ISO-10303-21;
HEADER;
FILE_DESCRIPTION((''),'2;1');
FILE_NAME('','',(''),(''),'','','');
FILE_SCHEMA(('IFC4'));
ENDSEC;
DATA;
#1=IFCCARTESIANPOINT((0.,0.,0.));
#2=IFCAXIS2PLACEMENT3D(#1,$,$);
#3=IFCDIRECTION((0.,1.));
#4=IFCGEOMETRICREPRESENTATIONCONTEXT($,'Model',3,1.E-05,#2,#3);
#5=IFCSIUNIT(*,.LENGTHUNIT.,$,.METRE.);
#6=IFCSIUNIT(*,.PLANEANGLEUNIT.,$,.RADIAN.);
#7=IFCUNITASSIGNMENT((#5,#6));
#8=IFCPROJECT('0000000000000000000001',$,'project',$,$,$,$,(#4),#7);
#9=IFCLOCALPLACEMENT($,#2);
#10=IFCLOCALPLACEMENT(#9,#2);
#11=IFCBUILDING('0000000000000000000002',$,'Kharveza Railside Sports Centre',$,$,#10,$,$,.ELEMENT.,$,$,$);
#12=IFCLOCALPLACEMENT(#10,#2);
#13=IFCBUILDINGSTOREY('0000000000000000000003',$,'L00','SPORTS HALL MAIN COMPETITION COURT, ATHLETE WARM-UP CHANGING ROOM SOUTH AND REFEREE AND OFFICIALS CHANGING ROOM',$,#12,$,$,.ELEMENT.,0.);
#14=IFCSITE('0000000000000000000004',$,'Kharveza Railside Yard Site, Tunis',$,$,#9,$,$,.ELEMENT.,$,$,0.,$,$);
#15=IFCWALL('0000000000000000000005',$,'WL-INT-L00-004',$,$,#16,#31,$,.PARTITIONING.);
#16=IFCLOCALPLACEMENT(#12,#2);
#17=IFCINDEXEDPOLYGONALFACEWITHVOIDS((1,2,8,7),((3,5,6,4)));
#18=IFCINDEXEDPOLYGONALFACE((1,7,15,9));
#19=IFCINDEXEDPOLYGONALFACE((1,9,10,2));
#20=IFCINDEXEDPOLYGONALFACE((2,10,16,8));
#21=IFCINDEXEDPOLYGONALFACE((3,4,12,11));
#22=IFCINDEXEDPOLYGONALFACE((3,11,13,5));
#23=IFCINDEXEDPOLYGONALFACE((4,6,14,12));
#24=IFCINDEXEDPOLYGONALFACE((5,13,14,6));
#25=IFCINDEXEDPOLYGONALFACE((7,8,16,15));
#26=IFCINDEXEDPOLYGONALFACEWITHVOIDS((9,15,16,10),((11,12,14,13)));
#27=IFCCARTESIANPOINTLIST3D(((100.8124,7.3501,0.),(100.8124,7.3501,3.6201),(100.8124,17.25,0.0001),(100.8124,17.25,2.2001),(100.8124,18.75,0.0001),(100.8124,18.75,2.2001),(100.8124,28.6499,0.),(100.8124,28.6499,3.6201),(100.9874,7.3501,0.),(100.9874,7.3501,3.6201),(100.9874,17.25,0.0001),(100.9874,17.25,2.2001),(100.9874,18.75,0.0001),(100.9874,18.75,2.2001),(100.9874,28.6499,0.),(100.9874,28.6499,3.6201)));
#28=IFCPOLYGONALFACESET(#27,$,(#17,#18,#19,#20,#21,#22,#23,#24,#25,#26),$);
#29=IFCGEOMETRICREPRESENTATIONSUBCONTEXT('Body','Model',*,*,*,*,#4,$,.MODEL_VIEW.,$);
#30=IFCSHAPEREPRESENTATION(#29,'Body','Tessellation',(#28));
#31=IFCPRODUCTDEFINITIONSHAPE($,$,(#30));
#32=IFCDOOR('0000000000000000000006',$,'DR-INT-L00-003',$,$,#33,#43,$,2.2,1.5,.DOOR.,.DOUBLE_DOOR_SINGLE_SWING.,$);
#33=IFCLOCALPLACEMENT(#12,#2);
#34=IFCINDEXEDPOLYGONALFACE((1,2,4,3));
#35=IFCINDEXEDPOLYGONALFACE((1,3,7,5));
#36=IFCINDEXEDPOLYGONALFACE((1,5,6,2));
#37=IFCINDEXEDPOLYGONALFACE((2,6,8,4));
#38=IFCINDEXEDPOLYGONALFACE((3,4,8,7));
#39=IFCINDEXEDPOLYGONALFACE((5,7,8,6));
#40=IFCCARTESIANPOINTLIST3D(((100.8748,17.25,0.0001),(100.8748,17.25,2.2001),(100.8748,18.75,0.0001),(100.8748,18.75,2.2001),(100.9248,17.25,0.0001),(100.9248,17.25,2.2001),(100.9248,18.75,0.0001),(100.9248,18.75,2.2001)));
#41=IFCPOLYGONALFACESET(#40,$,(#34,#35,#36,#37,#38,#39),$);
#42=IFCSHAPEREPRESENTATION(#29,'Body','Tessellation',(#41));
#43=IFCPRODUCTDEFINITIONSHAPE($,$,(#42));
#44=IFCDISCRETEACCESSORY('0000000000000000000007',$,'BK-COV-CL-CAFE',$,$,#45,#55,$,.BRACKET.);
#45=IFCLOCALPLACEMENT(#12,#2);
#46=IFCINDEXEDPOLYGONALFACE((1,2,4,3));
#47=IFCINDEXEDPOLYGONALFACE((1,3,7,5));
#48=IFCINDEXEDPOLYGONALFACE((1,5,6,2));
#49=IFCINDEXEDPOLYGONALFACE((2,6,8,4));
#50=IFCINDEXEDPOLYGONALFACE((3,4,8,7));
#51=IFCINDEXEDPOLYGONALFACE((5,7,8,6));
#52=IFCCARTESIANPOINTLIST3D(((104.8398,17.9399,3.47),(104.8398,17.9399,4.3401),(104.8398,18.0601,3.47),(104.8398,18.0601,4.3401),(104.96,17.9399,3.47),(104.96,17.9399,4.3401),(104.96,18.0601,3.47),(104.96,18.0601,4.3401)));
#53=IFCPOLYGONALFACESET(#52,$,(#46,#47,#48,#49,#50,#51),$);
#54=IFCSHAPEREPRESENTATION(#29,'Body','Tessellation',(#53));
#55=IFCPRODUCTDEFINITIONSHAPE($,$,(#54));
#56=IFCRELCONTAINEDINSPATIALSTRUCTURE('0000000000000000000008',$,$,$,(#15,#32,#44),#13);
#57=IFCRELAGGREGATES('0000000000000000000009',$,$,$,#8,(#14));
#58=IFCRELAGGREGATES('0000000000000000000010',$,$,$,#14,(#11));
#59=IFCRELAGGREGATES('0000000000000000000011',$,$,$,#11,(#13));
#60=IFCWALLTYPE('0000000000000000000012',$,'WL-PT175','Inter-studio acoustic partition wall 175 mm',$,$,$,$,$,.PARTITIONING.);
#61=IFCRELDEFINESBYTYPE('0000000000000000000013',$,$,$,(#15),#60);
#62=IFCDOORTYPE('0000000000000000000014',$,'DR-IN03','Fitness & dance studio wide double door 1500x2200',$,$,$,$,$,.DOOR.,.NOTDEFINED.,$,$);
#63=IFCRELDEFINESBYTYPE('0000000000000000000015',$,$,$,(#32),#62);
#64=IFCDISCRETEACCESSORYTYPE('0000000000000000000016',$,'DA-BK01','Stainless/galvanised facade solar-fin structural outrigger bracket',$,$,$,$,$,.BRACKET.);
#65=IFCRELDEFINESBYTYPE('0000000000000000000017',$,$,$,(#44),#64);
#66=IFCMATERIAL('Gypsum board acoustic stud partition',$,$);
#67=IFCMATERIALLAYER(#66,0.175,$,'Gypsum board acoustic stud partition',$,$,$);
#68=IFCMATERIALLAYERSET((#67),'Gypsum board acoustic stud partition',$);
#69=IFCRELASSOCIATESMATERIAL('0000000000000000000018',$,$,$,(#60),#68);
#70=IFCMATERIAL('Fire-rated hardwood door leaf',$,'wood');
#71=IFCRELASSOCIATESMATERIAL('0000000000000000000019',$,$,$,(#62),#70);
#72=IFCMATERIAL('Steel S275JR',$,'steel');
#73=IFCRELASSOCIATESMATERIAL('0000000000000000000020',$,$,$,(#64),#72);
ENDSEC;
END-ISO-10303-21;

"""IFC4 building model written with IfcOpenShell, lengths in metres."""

from ifc_helpers import new_model, si_unit, direction, frame, frame_2d, origin, origin_2d, place, context, subcontext, project, spatial, rectangle, extrude, material, layer, layer_set, type_object, element, fill, save


model = new_model("IFC4")

# Units and contexts
model_context = context("Model", 3, precision=1e-05, world=origin(), true_north=direction((0.0, 1.0)))
body_context = subcontext(model_context, "Body", "Model", "MODEL_VIEW")
ifc_project = project(units=[si_unit("LENGTHUNIT", "METRE"), si_unit("PLANEANGLEUNIT", "RADIAN")], contexts=[model_context])

# Site, building, storey
site_placement = place(None, origin())
site = spatial("IfcSite", under=ifc_project, at=site_placement, Name="Kharveza Railside Yard Site, Tunis", CompositionType="ELEMENT", RefElevation=0.0)
building_placement = place(site_placement, origin())
building = spatial("IfcBuilding", under=site, at=building_placement, Name="Kharveza Railside Sports Centre", CompositionType="ELEMENT")
storey_placement = place(building_placement, origin())
storey = spatial("IfcBuildingStorey", under=building, at=storey_placement, Name="L00", Description="SPORTS HALL MAIN COMPETITION COURT, ATHLETE WARM-UP CHANGING ROOM SOUTH AND REFEREE AND OFFICIALS CHANGING ROOM", CompositionType="ELEMENT", Elevation=0.0)

# Wall, opening, door
ifc_material_1 = material(Name="Gypsum board acoustic stud partition")
ifc_layer_1 = layer(ifc_material_1, 0.175, Name="Gypsum board acoustic stud partition")
ifc_layer_set_1 = layer_set([ifc_layer_1], Name="Gypsum board acoustic stud partition")
wall_type_1 = type_object("IfcWallType", Name="WL-PT175", Description="Inter-studio acoustic partition wall 175 mm", PredefinedType="PARTITIONING", material=ifc_layer_set_1)
wall_1_placement = place(storey_placement, frame((100.8999, 7.3501, 0.0), z_axis=(0.0, 0.0, 1.0), x_axis=(0.0, 1.0, 0.0)))
wall_1 = element("IfcWall", 1, at=wall_1_placement, inside=storey, type_object=wall_type_1, Name="WL-INT-L00-004", PredefinedType="PARTITIONING", context=body_context, shape_type="SweptSolid", body=[
    extrude(rectangle(XDim=21.2998, YDim=0.175, at=frame_2d((10.6499, 0.0))), origin(), (0.0, 0.0, 1.0), 3.6201),
])
opening_placement = place(wall_1_placement, frame((9.8999, 0.0, 0.0)))
opening = element("IfcOpeningElement", 2, at=opening_placement, cuts=wall_1, PredefinedType="OPENING", context=body_context, shape_type="SweptSolid", body=[
    extrude(rectangle(XDim=1.5, YDim=2.2, at=frame_2d((0.75, 1.1001))), frame((0.0, 0.1123, 0.0), z_axis=(0.0, -1.0, 0.0), x_axis=(1.0, 0.0, 0.0)), (0.0, 0.0, 1.0), 0.2249),
])
ifc_material_2 = material(Name="Fire-rated hardwood door leaf", Category="wood")
door_type = type_object("IfcDoorType", Name="DR-IN03", Description="Fitness & dance studio wide double door 1500x2200", OperationType="NOTDEFINED", PredefinedType="DOOR", material=ifc_material_2)
door_placement = place(opening_placement, frame((1.5, 0.0, 0.0), z_axis=(0.0, 0.0, 1.0), x_axis=(-1.0, 0.0, 0.0)))
door = element("IfcDoor", 3, at=door_placement, inside=storey, type_object=door_type, Name="DR-INT-L00-003", OperationType="DOUBLE_DOOR_SINGLE_SWING", OverallHeight=2.2, OverallWidth=1.5, PredefinedType="DOOR", context=body_context, shape_type="SweptSolid", body=[
    extrude(rectangle(XDim=1.5, YDim=2.2, at=frame_2d((0.75, 1.1001))), frame((0.0, 0.0249, 0.0), z_axis=(0.0, -1.0, 0.0), x_axis=(1.0, 0.0, 0.0)), (0.0, 0.0, 1.0), 0.05),
])
fill(opening, door)

# Discrete accessory
ifc_material_3 = material(Name="Steel S275JR", Category="steel")
discrete_accessory_type = type_object("IfcDiscreteAccessoryType", Name="DA-BK01", Description="Stainless/galvanised facade solar-fin structural outrigger bracket", PredefinedType="BRACKET", material=ifc_material_3)
discrete_accessory_placement = place(storey_placement, frame((104.8999, 18.0, 3.47), z_axis=(0.0, 0.0, 1.0), x_axis=(1.0, 0.0, 0.0)))
element("IfcDiscreteAccessory", 4, at=discrete_accessory_placement, inside=storey, type_object=discrete_accessory_type, Name="BK-COV-CL-CAFE", PredefinedType="BRACKET", context=body_context, shape_type="SweptSolid", body=[
    extrude(rectangle(XDim=0.1201, YDim=0.1201, at=origin_2d()), origin(), (0.0, 0.0, 1.0), 0.8701),
])

save(model, "model.ifc")
